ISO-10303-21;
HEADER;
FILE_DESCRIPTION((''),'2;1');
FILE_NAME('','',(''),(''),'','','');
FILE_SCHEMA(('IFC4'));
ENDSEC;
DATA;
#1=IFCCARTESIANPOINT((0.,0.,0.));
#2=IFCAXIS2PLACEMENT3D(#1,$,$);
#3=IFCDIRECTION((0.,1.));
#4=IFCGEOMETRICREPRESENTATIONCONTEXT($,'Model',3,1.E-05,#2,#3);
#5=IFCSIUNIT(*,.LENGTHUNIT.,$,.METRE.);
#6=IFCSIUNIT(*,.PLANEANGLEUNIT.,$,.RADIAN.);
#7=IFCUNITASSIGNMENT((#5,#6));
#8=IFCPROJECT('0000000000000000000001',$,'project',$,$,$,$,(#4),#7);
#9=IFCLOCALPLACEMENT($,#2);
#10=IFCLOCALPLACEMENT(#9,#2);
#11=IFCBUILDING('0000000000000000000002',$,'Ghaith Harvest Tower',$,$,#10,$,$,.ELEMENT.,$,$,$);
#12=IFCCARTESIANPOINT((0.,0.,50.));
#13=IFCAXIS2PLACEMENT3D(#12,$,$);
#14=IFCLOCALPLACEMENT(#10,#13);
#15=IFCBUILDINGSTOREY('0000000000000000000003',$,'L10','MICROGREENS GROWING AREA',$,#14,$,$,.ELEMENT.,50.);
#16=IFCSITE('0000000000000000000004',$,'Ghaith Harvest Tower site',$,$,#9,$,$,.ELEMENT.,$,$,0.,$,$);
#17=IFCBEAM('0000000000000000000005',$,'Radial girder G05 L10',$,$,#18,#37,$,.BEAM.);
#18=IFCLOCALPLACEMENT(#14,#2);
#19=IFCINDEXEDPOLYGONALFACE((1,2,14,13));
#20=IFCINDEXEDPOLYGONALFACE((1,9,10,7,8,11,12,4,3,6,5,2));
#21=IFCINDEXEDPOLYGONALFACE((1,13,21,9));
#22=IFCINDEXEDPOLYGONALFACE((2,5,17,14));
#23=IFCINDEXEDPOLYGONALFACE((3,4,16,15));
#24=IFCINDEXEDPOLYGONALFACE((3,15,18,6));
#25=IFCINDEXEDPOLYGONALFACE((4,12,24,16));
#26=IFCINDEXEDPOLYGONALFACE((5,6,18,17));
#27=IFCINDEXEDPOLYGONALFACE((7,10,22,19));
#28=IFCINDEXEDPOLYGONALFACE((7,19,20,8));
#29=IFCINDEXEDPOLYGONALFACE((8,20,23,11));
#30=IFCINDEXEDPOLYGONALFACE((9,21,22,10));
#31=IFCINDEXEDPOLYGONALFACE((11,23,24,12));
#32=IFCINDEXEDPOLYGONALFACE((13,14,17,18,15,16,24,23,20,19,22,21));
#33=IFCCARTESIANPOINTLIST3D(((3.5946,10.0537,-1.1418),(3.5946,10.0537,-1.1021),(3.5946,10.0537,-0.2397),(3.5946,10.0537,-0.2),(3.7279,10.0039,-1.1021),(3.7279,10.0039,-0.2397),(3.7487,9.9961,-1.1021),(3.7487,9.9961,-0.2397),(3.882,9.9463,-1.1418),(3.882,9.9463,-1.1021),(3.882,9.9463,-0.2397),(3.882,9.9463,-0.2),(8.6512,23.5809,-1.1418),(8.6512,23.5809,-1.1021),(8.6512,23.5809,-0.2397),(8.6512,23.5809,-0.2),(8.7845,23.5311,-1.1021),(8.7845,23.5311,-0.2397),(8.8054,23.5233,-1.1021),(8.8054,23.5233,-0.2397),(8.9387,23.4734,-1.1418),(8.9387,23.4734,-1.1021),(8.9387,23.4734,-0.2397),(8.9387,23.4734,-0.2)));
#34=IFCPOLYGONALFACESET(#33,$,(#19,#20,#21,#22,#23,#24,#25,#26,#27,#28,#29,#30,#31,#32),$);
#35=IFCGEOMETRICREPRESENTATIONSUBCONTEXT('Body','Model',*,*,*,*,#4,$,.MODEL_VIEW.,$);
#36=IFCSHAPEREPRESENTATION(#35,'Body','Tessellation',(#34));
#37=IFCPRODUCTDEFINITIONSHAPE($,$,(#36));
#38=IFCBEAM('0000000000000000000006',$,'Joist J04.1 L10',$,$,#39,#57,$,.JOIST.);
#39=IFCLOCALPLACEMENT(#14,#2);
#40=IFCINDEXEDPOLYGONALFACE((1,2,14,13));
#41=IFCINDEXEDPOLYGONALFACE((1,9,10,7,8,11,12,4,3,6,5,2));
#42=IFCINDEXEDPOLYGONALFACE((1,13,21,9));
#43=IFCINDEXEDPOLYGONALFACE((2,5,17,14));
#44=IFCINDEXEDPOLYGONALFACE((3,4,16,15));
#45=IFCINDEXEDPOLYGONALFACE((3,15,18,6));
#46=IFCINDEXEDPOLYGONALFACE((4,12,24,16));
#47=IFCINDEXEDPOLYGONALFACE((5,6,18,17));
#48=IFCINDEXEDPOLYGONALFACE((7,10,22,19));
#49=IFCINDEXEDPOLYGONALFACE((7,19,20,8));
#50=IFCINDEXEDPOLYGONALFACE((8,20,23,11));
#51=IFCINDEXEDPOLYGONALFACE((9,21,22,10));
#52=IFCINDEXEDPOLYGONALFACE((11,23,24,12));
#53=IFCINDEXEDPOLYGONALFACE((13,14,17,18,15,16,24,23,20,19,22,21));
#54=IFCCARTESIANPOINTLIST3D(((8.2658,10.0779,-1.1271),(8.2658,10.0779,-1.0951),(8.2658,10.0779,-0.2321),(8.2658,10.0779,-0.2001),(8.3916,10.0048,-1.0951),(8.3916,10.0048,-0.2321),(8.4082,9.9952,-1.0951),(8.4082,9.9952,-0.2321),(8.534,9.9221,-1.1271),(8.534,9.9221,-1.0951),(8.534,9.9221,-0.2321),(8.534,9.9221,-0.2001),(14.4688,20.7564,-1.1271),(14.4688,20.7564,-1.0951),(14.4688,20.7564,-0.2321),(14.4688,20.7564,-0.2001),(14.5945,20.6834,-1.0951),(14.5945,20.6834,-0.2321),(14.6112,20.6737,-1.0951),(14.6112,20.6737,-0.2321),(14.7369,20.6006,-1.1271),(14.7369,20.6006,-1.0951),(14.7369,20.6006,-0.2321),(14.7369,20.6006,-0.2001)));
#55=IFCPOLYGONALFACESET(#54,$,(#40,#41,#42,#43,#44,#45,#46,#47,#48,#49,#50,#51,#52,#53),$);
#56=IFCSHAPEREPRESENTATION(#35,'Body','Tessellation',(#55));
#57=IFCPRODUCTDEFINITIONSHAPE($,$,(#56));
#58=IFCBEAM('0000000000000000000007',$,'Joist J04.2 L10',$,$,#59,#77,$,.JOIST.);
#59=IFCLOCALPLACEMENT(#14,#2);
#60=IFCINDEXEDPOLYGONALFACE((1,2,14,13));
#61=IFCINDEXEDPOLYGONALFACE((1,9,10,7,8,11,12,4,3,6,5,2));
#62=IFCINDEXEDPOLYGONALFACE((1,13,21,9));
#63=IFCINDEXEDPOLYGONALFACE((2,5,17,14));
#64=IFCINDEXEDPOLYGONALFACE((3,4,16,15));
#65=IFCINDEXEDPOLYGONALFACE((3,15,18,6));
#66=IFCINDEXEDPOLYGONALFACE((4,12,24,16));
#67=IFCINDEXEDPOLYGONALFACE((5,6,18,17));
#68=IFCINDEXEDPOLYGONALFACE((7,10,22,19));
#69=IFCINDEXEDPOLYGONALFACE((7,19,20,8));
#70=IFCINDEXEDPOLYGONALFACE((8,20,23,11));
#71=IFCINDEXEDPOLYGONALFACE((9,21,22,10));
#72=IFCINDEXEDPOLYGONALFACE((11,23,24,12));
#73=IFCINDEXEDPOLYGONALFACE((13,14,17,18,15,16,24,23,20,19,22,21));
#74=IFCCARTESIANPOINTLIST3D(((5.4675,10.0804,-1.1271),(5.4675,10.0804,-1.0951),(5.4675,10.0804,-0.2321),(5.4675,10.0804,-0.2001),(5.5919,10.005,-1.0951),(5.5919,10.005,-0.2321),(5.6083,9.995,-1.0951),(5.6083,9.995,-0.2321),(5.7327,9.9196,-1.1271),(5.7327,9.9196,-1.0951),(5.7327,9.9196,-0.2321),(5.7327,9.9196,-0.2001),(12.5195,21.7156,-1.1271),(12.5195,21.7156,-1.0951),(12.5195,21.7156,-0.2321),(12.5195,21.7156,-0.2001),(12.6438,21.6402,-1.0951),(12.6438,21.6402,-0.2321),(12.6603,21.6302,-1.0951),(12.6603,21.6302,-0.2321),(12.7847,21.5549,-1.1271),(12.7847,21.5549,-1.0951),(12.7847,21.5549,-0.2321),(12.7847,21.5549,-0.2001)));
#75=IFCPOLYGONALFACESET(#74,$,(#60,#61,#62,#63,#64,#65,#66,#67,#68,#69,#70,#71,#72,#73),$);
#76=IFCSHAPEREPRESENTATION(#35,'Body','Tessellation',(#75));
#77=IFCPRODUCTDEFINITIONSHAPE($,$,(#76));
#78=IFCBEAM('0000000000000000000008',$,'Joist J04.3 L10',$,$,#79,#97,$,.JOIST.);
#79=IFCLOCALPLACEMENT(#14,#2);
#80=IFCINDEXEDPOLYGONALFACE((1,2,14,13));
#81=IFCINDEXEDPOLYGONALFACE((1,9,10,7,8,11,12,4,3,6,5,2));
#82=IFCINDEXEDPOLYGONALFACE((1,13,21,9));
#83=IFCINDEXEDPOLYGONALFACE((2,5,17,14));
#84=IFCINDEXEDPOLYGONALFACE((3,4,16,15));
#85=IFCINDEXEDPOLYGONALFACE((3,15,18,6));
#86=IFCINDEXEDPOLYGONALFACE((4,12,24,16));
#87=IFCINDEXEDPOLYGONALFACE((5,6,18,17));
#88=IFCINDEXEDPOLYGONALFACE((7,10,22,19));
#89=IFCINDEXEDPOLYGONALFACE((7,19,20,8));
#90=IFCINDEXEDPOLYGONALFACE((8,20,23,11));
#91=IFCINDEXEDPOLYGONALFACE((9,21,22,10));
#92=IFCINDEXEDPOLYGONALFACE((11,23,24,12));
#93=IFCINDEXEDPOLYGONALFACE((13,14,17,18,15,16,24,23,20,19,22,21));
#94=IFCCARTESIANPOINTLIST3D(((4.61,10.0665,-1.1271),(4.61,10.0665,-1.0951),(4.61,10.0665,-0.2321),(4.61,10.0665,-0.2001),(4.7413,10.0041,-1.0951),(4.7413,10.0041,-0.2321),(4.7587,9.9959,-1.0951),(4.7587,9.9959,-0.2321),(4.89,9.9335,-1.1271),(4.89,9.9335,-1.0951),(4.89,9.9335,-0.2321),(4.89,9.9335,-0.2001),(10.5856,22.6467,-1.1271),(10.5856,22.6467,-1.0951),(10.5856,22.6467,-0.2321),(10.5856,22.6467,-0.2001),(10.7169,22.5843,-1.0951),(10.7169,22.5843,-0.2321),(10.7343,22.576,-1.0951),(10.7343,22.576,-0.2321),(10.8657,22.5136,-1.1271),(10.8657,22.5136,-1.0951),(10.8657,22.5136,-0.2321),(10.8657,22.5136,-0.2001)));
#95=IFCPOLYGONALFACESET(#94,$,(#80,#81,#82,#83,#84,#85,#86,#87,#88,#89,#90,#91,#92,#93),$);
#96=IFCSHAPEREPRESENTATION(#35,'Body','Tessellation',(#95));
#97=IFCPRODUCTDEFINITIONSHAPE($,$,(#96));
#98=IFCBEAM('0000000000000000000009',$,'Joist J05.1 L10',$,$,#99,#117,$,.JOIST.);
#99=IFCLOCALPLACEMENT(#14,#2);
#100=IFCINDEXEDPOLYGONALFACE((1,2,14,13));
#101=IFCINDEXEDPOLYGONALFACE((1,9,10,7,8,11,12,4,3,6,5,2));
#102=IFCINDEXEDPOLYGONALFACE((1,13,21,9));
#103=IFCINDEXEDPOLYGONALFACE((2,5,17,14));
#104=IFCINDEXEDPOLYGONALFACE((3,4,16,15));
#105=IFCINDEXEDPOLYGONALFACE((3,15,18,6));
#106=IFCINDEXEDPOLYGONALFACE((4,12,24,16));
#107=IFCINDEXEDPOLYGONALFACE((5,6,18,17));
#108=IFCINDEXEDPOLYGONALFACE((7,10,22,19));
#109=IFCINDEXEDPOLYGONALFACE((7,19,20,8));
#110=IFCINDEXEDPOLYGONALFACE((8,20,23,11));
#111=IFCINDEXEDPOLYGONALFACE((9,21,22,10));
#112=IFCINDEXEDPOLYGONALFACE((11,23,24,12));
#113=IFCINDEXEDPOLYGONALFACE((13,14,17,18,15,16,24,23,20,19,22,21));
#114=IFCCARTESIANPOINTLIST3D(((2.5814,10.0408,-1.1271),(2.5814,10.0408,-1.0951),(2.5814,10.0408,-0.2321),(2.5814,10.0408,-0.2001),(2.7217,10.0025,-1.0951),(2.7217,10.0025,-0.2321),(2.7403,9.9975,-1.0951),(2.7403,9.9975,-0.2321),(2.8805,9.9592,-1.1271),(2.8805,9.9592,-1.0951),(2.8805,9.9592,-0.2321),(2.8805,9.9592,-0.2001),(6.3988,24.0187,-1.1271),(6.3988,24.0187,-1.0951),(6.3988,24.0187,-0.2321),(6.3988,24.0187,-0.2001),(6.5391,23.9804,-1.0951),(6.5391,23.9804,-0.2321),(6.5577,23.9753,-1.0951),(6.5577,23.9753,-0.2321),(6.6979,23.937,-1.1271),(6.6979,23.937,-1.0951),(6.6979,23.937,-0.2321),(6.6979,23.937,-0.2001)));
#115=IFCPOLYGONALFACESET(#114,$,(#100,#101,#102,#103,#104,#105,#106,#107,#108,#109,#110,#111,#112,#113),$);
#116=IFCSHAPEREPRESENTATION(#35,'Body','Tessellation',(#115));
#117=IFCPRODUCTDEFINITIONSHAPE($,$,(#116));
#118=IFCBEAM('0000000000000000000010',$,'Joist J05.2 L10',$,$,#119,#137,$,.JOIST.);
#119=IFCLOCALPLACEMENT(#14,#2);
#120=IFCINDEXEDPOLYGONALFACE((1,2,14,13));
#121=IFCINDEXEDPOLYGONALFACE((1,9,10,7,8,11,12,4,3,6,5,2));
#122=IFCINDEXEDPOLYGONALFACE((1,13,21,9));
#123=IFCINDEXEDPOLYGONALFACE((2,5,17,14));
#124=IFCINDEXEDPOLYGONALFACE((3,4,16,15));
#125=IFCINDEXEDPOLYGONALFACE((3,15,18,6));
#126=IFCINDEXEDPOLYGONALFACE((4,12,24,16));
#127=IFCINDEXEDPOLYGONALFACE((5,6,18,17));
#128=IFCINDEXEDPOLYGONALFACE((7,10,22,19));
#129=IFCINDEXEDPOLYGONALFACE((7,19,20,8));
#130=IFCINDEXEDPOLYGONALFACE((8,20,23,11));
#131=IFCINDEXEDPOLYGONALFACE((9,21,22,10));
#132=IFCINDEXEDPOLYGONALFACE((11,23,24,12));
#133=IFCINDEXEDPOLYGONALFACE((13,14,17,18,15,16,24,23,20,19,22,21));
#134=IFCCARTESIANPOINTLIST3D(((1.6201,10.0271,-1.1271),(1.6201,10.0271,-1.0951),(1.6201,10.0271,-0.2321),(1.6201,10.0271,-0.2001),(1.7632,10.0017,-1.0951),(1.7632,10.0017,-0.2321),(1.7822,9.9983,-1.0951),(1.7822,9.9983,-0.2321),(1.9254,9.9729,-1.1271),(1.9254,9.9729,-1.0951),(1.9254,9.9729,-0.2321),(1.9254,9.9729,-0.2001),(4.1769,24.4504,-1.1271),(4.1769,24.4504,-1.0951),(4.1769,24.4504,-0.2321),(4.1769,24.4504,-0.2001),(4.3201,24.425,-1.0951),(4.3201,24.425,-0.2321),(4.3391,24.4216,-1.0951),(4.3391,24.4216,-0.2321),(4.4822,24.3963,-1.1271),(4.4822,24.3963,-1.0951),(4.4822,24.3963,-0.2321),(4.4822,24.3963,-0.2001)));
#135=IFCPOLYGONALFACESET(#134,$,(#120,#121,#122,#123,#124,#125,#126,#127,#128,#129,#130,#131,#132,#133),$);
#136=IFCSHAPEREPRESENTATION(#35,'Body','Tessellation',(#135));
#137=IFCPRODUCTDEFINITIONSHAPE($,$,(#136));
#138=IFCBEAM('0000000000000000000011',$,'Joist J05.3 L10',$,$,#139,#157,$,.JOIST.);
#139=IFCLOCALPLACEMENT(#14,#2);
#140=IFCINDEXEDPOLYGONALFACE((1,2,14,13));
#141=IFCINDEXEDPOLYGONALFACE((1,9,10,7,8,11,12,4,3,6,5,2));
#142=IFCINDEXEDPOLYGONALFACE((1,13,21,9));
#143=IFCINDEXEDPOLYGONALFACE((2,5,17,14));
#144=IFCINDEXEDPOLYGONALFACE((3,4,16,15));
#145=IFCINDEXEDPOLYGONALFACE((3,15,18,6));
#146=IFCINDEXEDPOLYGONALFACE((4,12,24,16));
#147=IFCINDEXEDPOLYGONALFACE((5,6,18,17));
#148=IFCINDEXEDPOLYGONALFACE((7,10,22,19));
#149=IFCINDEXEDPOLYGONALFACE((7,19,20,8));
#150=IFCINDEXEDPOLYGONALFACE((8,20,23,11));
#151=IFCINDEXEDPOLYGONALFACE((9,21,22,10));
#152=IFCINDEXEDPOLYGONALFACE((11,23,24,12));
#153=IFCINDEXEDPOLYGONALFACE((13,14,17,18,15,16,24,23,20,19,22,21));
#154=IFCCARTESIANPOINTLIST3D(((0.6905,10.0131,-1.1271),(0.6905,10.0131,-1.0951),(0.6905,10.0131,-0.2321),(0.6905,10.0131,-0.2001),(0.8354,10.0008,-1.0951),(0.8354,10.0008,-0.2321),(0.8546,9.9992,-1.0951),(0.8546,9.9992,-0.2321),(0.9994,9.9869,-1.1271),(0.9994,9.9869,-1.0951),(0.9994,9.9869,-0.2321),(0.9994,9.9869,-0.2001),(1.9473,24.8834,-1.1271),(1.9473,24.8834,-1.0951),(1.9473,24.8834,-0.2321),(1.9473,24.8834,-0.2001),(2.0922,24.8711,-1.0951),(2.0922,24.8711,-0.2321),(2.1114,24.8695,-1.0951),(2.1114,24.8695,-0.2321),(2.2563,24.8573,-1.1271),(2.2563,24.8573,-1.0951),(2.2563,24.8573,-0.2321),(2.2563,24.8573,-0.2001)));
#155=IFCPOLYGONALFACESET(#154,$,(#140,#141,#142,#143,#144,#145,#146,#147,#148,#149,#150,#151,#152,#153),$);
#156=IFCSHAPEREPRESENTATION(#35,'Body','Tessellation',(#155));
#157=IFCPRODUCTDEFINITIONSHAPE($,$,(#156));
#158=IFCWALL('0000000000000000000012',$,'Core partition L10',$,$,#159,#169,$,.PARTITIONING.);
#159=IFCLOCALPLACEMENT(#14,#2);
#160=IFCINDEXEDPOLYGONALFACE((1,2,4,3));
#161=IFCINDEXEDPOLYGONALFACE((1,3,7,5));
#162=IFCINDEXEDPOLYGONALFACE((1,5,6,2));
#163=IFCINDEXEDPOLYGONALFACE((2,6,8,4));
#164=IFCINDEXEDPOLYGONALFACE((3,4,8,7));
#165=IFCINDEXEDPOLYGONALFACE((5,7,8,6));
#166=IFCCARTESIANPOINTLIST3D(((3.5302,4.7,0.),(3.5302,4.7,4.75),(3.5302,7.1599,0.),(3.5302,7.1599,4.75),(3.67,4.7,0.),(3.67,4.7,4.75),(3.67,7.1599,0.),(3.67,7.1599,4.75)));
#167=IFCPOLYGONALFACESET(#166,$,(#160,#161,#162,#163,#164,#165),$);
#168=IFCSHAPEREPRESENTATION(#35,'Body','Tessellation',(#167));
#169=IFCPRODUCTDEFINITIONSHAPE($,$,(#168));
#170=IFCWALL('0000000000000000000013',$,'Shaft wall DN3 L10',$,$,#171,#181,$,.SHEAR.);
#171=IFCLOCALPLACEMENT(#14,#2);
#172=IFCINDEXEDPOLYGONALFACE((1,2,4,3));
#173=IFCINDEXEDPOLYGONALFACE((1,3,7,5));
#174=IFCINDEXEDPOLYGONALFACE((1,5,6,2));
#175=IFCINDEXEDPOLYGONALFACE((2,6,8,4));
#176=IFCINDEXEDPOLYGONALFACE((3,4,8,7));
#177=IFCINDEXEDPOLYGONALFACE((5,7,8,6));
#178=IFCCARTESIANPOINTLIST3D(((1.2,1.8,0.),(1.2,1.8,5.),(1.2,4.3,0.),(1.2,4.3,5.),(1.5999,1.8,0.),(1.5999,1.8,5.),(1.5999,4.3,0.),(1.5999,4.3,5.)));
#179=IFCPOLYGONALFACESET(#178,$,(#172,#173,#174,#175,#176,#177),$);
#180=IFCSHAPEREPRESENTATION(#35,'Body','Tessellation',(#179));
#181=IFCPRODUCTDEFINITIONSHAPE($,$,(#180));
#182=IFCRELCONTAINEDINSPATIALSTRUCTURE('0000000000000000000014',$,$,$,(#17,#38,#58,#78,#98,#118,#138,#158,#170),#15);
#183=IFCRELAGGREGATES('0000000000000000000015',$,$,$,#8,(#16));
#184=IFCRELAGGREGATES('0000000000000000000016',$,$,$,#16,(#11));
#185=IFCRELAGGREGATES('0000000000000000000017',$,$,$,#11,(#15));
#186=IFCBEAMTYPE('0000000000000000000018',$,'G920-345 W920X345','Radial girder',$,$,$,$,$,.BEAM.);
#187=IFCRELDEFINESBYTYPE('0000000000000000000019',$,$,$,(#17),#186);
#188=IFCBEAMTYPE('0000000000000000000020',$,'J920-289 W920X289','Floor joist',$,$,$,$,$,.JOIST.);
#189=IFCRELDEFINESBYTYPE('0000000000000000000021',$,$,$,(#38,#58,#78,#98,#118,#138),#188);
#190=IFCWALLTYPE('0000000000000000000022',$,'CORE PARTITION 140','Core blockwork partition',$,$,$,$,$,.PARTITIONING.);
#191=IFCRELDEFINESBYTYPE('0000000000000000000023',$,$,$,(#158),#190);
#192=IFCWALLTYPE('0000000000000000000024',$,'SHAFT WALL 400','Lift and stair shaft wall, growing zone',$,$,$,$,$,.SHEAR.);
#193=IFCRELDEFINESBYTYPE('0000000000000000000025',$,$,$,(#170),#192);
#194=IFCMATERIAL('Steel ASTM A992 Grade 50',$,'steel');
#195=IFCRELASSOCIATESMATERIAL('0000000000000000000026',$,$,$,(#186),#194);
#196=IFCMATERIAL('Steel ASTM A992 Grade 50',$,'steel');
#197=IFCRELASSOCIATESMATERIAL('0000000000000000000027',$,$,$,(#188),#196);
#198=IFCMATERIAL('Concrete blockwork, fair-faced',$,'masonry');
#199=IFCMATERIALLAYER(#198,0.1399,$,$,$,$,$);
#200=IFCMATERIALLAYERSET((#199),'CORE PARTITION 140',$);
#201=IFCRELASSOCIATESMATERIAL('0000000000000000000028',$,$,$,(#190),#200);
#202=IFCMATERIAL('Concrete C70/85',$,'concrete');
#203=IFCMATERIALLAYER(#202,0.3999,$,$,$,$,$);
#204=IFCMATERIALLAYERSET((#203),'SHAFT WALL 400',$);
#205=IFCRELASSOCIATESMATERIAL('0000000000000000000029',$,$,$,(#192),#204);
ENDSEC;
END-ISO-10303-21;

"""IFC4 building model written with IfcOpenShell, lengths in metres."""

from ifc_helpers import new_model, si_unit, direction, frame, frame_2d, origin, origin_2d, place, context, subcontext, project, spatial, rectangle, i_section, extrude, material, layer, layer_set, material_profile, profile_set, type_object, element, save


model = new_model("IFC4")

# Units and contexts
model_context = context("Model", 3, precision=1e-05, world=origin(), true_north=direction((0.0, 1.0)))
body_context = subcontext(model_context, "Body", "Model", "MODEL_VIEW")
ifc_project = project(units=[si_unit("LENGTHUNIT", "METRE"), si_unit("PLANEANGLEUNIT", "RADIAN")], contexts=[model_context])

# Site, building, storey
site_placement = place(None, origin())
site = spatial("IfcSite", under=ifc_project, at=site_placement, Name="Ghaith Harvest Tower site", CompositionType="ELEMENT", RefElevation=0.0)
building_placement = place(site_placement, origin())
building = spatial("IfcBuilding", under=site, at=building_placement, Name="Ghaith Harvest Tower", CompositionType="ELEMENT")
storey_placement = place(building_placement, frame((0.0, 0.0, 50.0)))
storey = spatial("IfcBuildingStorey", under=building, at=storey_placement, Name="L10", Description="MICROGREENS GROWING AREA", CompositionType="ELEMENT", Elevation=50.0)

# Beams
ifc_material_1 = material(Name="Steel ASTM A992 Grade 50", Category="steel")
ifc_material_profile_1 = material_profile(ifc_material_1, i_section(OverallWidth=0.3069, OverallDepth=0.9419, WebThickness=0.0222, FlangeThickness=0.0398, at=origin_2d()), Name="W920X345")
ifc_profile_set_1 = profile_set([ifc_material_profile_1], Name="Steel ASTM A992 Grade 50")
beam_type_1 = type_object("IfcBeamType", Name="G920-345 W920X345", Description="Radial girder", PredefinedType="BEAM", material=ifc_profile_set_1)
beam_1_placement = place(storey_placement, frame((3.7383, 10.0, -0.6709), z_axis=(0.350151, 0.936693, 0.0), x_axis=(-0.936693, 0.350151, 0.0)))
element("IfcBeam", 1, at=beam_1_placement, inside=storey, type_object=beam_type_1, Name="Radial girder G05 L10", PredefinedType="BEAM", context=body_context, shape_type="SweptSolid", body=[
    extrude(i_section(OverallWidth=0.3069, OverallDepth=0.9419, WebThickness=0.0222, FlangeThickness=0.0398, at=origin_2d()), origin(), (0.0, 0.0, 1.0), 14.4414),
])
ifc_material_2 = material(Name="Steel ASTM A992 Grade 50", Category="steel")
ifc_material_profile_2 = material_profile(ifc_material_2, i_section(OverallWidth=0.3101, OverallDepth=0.927, WebThickness=0.0193, FlangeThickness=0.032, at=origin_2d()), Name="W920X289")
ifc_profile_set_2 = profile_set([ifc_material_profile_2], Name="Steel ASTM A992 Grade 50")
beam_type_2 = type_object("IfcBeamType", Name="J920-289 W920X289", Description="Floor joist", PredefinedType="JOIST", material=ifc_profile_set_2)
beam_2_placement = place(storey_placement, frame((8.3999, 10.0, -0.6636), z_axis=(0.502286, 0.864702, 0.0), x_axis=(-0.864702, 0.502286, 0.0)))
element("IfcBeam", 2, at=beam_2_placement, inside=storey, type_object=beam_type_2, Name="Joist J04.1 L10", PredefinedType="JOIST", context=body_context, shape_type="SweptSolid", body=[
    extrude(i_section(OverallWidth=0.3101, OverallDepth=0.927, WebThickness=0.0193, FlangeThickness=0.032, at=origin_2d()), origin(), (0.0, 0.0, 1.0), 12.3494),
])
beam_3_placement = place(storey_placement, frame((5.6001, 10.0, -0.6636), z_axis=(0.51832, 0.855187, 0.0), x_axis=(-0.855187, 0.51832, 0.0)))
element("IfcBeam", 3, at=beam_3_placement, inside=storey, type_object=beam_type_2, Name="Joist J04.2 L10", PredefinedType="JOIST", context=body_context, shape_type="SweptSolid", body=[
    extrude(i_section(OverallWidth=0.3101, OverallDepth=0.927, WebThickness=0.0193, FlangeThickness=0.032, at=origin_2d()), origin(), (0.0, 0.0, 1.0), 13.6055),
])
beam_4_placement = place(storey_placement, frame((4.75, 10.0, -0.6636), z_axis=(0.42906, 0.903276, 0.0), x_axis=(-0.903276, 0.42906, 0.0)))
element("IfcBeam", 4, at=beam_4_placement, inside=storey, type_object=beam_type_2, Name="Joist J04.3 L10", PredefinedType="JOIST", context=body_context, shape_type="SweptSolid", body=[
    extrude(i_section(OverallWidth=0.3101, OverallDepth=0.927, WebThickness=0.0193, FlangeThickness=0.032, at=origin_2d()), origin(), (0.0, 0.0, 1.0), 13.9272),
])
beam_5_placement = place(storey_placement, frame((2.731, 10.0, -0.6636), z_axis=(0.263455, 0.964672, 0.0), x_axis=(-0.964672, 0.263455, 0.0)))
element("IfcBeam", 5, at=beam_5_placement, inside=storey, type_object=beam_type_2, Name="Joist J05.1 L10", PredefinedType="JOIST", context=body_context, shape_type="SweptSolid", body=[
    extrude(i_section(OverallWidth=0.3101, OverallDepth=0.927, WebThickness=0.0193, FlangeThickness=0.032, at=origin_2d()), origin(), (0.0, 0.0, 1.0), 14.4897),
])
beam_6_placement = place(storey_placement, frame((1.7727, 10.0, -0.6636), z_axis=(0.174553, 0.984648, 0.0), x_axis=(-0.984648, 0.174553, 0.0)))
element("IfcBeam", 6, at=beam_6_placement, inside=storey, type_object=beam_type_2, Name="Joist J05.2 L10", PredefinedType="JOIST", context=body_context, shape_type="SweptSolid", body=[
    extrude(i_section(OverallWidth=0.3101, OverallDepth=0.927, WebThickness=0.0193, FlangeThickness=0.032, at=origin_2d()), origin(), (0.0, 0.0, 1.0), 14.6482),
])
beam_7_placement = place(storey_placement, frame((0.845, 10.0, -0.6636), z_axis=(0.084219, 0.996447, 0.0), x_axis=(-0.996447, 0.084219, 0.0)))
element("IfcBeam", 7, at=beam_7_placement, inside=storey, type_object=beam_type_2, Name="Joist J05.3 L10", PredefinedType="JOIST", context=body_context, shape_type="SweptSolid", body=[
    extrude(i_section(OverallWidth=0.3101, OverallDepth=0.927, WebThickness=0.0193, FlangeThickness=0.032, at=origin_2d()), origin(), (0.0, 0.0, 1.0), 14.9233),
])

# Wall
ifc_material_3 = material(Name="Concrete blockwork, fair-faced", Category="masonry")
ifc_layer_1 = layer(ifc_material_3, 0.1399)
ifc_layer_set_1 = layer_set([ifc_layer_1], Name="CORE PARTITION 140")
wall_type_1 = type_object("IfcWallType", Name="CORE PARTITION 140", Description="Core blockwork partition", PredefinedType="PARTITIONING", material=ifc_layer_set_1)
wall_1_placement = place(storey_placement, frame((3.6001, 4.7, 0.0), z_axis=(0.0, 0.0, 1.0), x_axis=(0.0, 1.0, 0.0)))
element("IfcWall", 8, at=wall_1_placement, inside=storey, type_object=wall_type_1, Name="Core partition L10", PredefinedType="PARTITIONING", context=body_context, shape_type="SweptSolid", body=[
    extrude(rectangle(XDim=2.46, YDim=0.1399, at=frame_2d((1.23, 0.0))), origin(), (0.0, 0.0, 1.0), 4.75),
])

# Shared definitions
ifc_material_4 = material(Name="Concrete C70/85", Category="concrete")
ifc_layer_2 = layer(ifc_material_4, 0.3999)
ifc_layer_set_2 = layer_set([ifc_layer_2], Name="SHAFT WALL 400")
wall_type_2 = type_object("IfcWallType", Name="SHAFT WALL 400", Description="Lift and stair shaft wall, growing zone", PredefinedType="SHEAR", material=ifc_layer_set_2)

# Wall
for number, where, z_axis, x_axis, name in (
    (9, (1.3999, 1.8, 0.0), (0.0, 0.0, 1.0), (0.0, 1.0, 0.0), "Shaft wall DN3 L10"),
):
    element("IfcWall", number, at=place(storey_placement, frame(where, z_axis=z_axis, x_axis=x_axis)), inside=storey, type_object=wall_type_2, Name=name, PredefinedType="SHEAR", context=body_context, shape_type="SweptSolid", body=[
        extrude(rectangle(XDim=2.5, YDim=0.3999, at=frame_2d((1.25, 0.0))), origin(), (0.0, 0.0, 1.0), 5.0),
    ])

save(model, "model.ifc")
